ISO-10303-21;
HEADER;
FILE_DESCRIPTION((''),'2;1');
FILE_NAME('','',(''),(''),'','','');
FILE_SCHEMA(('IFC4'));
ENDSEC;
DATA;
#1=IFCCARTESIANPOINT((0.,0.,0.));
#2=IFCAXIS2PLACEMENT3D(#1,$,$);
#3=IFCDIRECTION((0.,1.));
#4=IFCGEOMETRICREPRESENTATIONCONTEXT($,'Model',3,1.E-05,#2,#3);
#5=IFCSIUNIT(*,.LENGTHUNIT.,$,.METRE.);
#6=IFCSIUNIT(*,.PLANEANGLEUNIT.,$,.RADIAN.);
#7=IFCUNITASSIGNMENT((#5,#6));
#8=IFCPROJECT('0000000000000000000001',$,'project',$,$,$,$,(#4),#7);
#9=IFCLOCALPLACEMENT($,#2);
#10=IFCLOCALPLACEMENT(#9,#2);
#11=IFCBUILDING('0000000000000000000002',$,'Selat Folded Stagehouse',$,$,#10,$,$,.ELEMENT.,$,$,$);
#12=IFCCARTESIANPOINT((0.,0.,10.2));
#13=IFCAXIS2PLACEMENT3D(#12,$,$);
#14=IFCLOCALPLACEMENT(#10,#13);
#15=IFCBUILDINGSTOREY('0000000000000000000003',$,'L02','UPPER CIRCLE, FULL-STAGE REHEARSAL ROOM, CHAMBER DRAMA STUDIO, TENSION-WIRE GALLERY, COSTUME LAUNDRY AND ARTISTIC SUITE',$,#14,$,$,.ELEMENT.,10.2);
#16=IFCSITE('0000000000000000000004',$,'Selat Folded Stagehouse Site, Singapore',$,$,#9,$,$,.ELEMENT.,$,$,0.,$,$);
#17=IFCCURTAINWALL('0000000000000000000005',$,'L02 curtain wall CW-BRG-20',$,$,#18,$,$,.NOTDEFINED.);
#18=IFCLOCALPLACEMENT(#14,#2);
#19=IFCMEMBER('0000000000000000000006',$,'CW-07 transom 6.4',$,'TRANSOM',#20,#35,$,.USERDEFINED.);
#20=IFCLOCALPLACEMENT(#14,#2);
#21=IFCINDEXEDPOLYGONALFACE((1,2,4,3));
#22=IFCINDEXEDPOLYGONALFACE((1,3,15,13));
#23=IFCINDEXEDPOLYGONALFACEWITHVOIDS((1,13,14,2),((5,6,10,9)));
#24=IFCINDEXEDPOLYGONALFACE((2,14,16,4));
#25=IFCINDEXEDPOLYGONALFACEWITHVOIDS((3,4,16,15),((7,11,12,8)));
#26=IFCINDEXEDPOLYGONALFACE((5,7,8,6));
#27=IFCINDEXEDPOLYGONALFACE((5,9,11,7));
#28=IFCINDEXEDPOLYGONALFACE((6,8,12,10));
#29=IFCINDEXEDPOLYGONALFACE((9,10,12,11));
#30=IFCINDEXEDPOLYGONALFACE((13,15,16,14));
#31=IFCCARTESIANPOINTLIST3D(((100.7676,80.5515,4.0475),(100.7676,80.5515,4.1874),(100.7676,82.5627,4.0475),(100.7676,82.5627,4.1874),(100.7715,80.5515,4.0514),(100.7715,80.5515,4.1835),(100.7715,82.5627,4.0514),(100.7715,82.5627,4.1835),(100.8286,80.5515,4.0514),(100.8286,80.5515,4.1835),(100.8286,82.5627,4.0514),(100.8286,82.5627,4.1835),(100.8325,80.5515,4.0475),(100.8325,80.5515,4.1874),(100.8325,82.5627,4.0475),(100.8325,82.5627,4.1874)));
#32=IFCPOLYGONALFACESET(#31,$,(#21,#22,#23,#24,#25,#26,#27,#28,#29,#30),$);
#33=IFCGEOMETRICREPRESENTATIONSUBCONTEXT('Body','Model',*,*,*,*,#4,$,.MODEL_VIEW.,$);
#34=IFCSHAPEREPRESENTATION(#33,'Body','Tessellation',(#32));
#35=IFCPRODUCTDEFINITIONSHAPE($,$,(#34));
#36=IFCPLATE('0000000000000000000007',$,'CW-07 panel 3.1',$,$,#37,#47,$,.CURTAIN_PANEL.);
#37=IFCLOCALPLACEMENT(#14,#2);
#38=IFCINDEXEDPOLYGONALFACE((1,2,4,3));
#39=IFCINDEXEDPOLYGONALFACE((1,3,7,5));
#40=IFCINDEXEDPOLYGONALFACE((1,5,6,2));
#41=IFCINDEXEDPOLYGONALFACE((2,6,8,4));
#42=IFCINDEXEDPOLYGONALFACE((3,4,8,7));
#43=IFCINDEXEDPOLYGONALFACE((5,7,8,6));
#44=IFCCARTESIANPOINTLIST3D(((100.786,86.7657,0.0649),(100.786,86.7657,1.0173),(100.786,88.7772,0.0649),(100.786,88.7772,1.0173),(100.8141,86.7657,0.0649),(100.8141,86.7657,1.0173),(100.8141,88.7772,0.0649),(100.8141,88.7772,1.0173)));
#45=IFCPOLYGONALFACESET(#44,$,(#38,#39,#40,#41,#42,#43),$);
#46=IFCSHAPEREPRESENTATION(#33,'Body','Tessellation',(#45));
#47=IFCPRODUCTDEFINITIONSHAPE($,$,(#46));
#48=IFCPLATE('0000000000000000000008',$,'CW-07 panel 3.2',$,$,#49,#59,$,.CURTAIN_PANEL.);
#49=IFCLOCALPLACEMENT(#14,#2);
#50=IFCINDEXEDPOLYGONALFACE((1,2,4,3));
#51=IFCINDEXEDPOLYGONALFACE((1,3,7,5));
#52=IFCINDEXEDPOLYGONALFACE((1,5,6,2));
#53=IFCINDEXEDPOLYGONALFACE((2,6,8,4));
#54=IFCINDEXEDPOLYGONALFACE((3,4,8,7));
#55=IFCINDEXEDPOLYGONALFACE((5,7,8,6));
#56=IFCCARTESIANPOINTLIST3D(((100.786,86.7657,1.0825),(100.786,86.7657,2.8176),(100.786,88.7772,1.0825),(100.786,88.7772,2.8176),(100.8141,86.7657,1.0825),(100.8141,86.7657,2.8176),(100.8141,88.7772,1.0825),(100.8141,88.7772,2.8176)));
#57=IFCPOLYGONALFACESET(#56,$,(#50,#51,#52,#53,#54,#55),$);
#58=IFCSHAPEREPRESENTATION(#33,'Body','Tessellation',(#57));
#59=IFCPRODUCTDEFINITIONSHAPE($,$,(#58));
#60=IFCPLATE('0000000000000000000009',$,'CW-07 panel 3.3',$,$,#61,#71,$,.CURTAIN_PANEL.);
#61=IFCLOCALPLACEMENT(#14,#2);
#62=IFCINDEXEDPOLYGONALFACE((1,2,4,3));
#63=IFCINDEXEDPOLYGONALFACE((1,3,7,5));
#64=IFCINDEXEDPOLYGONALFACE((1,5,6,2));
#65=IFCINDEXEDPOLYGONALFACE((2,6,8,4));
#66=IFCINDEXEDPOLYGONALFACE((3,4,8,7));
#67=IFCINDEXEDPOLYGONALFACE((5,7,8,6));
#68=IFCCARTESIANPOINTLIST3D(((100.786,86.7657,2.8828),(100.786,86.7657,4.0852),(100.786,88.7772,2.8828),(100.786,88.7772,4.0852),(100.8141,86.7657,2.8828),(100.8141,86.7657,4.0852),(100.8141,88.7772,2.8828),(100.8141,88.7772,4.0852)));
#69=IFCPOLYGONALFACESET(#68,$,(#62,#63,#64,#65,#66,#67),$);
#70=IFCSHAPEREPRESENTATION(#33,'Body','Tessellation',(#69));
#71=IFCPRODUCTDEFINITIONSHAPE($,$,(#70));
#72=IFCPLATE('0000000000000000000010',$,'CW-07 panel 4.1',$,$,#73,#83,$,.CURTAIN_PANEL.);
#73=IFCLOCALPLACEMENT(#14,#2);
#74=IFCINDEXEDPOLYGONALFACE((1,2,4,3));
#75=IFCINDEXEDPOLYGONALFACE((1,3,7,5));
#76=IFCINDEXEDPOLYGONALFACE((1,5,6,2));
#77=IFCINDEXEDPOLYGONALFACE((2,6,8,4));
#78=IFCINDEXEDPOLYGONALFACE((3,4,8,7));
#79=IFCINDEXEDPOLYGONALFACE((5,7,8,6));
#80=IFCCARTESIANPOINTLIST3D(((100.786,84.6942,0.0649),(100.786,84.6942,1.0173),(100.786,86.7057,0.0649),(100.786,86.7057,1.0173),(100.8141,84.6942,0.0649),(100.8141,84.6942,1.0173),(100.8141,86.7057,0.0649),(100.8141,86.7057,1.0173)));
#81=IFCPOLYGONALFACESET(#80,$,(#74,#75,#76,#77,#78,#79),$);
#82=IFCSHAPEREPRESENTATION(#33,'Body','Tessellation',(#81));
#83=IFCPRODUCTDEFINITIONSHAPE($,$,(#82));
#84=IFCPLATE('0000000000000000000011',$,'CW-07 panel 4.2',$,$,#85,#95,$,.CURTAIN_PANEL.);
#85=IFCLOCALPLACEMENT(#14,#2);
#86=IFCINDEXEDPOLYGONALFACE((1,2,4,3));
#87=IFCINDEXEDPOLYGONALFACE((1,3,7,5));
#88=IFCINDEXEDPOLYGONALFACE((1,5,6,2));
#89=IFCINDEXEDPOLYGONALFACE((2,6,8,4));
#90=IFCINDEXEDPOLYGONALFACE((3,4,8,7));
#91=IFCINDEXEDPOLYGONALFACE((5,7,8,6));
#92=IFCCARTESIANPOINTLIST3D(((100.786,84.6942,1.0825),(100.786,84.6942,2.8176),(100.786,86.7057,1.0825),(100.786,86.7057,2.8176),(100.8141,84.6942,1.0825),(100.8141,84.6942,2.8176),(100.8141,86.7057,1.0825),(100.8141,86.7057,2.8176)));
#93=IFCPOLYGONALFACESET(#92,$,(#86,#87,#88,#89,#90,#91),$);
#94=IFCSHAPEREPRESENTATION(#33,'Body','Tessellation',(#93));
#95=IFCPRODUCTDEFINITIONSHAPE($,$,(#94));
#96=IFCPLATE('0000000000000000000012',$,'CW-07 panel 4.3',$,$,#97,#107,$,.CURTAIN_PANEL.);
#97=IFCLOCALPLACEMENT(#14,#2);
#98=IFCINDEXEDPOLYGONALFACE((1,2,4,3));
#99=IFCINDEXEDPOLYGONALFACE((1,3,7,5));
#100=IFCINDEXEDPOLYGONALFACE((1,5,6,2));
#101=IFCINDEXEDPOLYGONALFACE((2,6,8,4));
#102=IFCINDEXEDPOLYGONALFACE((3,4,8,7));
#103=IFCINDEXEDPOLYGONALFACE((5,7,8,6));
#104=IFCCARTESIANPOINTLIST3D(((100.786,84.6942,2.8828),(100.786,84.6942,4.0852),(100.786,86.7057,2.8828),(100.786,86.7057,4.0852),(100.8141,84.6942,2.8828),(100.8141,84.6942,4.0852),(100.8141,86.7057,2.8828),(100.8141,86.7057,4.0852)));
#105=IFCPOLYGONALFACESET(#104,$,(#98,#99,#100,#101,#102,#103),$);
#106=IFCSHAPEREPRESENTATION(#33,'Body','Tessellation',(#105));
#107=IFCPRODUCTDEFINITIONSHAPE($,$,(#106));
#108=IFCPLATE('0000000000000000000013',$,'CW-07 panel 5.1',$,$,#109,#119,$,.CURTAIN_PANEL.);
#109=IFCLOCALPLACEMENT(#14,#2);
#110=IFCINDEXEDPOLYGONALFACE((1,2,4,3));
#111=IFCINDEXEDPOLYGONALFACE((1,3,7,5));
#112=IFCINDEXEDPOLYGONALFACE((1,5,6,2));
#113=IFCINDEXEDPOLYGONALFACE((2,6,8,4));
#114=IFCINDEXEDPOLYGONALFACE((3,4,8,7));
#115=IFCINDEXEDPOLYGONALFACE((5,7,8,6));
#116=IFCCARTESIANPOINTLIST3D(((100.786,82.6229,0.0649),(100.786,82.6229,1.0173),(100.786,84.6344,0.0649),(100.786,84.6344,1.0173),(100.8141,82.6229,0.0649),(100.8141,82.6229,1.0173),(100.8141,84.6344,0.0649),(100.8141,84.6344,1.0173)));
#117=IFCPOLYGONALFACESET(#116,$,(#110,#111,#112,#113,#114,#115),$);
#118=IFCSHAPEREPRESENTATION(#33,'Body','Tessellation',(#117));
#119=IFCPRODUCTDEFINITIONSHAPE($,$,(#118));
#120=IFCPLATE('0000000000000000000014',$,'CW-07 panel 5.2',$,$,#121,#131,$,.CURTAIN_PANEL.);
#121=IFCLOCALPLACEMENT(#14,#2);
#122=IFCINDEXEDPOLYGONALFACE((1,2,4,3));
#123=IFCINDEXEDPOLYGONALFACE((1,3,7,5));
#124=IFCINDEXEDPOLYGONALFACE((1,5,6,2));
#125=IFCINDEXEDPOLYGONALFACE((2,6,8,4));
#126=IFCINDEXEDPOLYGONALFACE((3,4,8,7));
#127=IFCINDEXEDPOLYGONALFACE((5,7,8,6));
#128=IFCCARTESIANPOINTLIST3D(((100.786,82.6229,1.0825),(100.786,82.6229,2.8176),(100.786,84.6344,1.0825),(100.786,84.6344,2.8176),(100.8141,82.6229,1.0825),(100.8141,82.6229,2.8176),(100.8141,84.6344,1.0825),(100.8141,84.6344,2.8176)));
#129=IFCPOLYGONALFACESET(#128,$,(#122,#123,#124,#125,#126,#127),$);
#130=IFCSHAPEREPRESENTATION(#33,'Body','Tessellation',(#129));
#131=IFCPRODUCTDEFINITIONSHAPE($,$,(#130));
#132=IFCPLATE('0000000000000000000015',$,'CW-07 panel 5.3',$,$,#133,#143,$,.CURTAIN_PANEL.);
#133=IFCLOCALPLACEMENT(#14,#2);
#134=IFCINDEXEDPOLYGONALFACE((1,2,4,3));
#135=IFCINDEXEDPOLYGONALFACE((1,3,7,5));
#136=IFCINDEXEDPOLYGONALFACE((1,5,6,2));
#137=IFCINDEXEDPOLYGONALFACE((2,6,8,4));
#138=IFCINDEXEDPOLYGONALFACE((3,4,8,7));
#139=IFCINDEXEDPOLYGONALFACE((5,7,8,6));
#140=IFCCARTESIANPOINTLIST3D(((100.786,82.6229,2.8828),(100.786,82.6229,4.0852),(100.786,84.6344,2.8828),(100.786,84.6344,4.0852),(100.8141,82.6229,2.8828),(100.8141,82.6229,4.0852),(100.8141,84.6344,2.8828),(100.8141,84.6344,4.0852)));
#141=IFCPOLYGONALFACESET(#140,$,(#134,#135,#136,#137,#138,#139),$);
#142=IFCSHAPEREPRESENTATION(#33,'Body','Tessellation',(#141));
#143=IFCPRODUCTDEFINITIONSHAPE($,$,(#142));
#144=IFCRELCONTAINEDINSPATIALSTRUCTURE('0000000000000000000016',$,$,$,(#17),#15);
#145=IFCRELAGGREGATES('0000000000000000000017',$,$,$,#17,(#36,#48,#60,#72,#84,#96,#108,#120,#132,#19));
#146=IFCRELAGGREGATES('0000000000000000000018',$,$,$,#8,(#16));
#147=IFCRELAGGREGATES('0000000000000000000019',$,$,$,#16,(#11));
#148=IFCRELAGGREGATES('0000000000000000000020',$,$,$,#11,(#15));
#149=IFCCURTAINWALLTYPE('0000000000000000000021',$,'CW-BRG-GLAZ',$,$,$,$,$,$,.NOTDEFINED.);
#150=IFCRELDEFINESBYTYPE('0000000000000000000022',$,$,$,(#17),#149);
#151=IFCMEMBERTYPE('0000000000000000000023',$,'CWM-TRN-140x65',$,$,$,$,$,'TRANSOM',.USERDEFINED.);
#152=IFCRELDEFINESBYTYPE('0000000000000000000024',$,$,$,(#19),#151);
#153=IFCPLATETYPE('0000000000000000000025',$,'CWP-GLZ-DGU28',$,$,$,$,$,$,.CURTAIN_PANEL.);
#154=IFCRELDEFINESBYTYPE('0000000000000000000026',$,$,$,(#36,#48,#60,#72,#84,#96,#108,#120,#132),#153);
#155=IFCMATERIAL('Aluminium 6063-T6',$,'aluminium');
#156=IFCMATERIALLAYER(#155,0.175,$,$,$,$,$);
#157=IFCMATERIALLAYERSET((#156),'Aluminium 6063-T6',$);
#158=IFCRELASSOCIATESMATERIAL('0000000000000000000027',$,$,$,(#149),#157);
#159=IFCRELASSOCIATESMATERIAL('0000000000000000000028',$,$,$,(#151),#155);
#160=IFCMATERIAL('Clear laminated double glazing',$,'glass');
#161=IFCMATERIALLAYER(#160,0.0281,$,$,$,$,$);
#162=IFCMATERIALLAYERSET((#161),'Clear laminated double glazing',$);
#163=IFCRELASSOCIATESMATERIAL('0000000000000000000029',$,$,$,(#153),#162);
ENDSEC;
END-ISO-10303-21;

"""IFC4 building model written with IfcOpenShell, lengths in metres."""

from ifc_helpers import new_model, si_unit, direction, frame, origin, origin_2d, place, context, subcontext, project, spatial, rectangle, hollow_rectangle, extrude, material, layer, layer_set, material_profile, profile_set, type_object, element, aggregate, save


model = new_model("IFC4")

# Units and contexts
model_context = context("Model", 3, precision=1e-05, world=origin(), true_north=direction((0.0, 1.0)))
body_context = subcontext(model_context, "Body", "Model", "MODEL_VIEW")
ifc_project = project(units=[si_unit("LENGTHUNIT", "METRE"), si_unit("PLANEANGLEUNIT", "RADIAN")], contexts=[model_context])

# Site, building, storey
site_placement = place(None, origin())
site = spatial("IfcSite", under=ifc_project, at=site_placement, Name="Selat Folded Stagehouse Site, Singapore", CompositionType="ELEMENT", RefElevation=0.0)
building_placement = place(site_placement, origin())
building = spatial("IfcBuilding", under=site, at=building_placement, Name="Selat Folded Stagehouse", CompositionType="ELEMENT")
storey_placement = place(building_placement, frame((0.0, 0.0, 10.2)))
storey = spatial("IfcBuildingStorey", under=building, at=storey_placement, Name="L02", Description="UPPER CIRCLE, FULL-STAGE REHEARSAL ROOM, CHAMBER DRAMA STUDIO, TENSION-WIRE GALLERY, COSTUME LAUNDRY AND ARTISTIC SUITE", CompositionType="ELEMENT", Elevation=10.2)

# Curtain wall, member, plates
ifc_material_1 = material(Name="Aluminium 6063-T6", Category="aluminium")
ifc_layer_1 = layer(ifc_material_1, 0.175)
ifc_layer_set_1 = layer_set([ifc_layer_1], Name="Aluminium 6063-T6")
curtain_wall_type = type_object("IfcCurtainWallType", Name="CW-BRG-GLAZ", PredefinedType="NOTDEFINED", material=ifc_layer_set_1)
curtain_wall_placement = place(storey_placement, origin())
curtain_wall = element("IfcCurtainWall", 1, at=curtain_wall_placement, inside=storey, type_object=curtain_wall_type, Name="L02 curtain wall CW-BRG-20", PredefinedType="NOTDEFINED")
ifc_material_profile_1 = material_profile(ifc_material_1, hollow_rectangle(XDim=0.0649, YDim=0.1399, WallThickness=0.0039, at=origin_2d()), Name="ALU 140x65x4.0")
ifc_profile_set_1 = profile_set([ifc_material_profile_1], Name="Aluminium 6063-T6")
member_type_1 = type_object("IfcMemberType", Name="CWM-TRN-140x65", ElementType="TRANSOM", PredefinedType="USERDEFINED", material=ifc_profile_set_1)
member_1_placement = place(storey_placement, frame((100.8, 82.5627, 4.1174), z_axis=(0.0, -1.0, 0.0), x_axis=(1.0, 0.0, 0.0)))
member_1 = element("IfcMember", 2, at=member_1_placement, type_object=member_type_1, Name="CW-07 transom 6.4", ObjectType="TRANSOM", PredefinedType="USERDEFINED", context=body_context, shape_type="SweptSolid", body=[
    extrude(hollow_rectangle(XDim=0.0649, YDim=0.1399, WallThickness=0.0039, at=origin_2d()), origin(), (0.0, 0.0, 1.0), 2.0112),
])
ifc_material_2 = material(Name="Clear laminated double glazing", Category="glass")
ifc_layer_2 = layer(ifc_material_2, 0.0281)
ifc_layer_set_2 = layer_set([ifc_layer_2], Name="Clear laminated double glazing")
plate_type = type_object("IfcPlateType", Name="CWP-GLZ-DGU28", PredefinedType="CURTAIN_PANEL", material=ifc_layer_set_2)
plate_1_placement = place(storey_placement, frame((100.8, 87.7715, 0.0649), z_axis=(0.0, 0.0, 1.0), x_axis=(0.0, -1.0, 0.0)))
plate_1 = element("IfcPlate", 3, at=plate_1_placement, type_object=plate_type, Name="CW-07 panel 3.1", PredefinedType="CURTAIN_PANEL", context=body_context, shape_type="SweptSolid", body=[
    extrude(rectangle(XDim=2.0115, YDim=0.0281, at=origin_2d()), origin(), (0.0, 0.0, 1.0), 0.9524),
])
plate_2_placement = place(storey_placement, frame((100.8, 87.7715, 1.0825), z_axis=(0.0, 0.0, 1.0), x_axis=(0.0, -1.0, 0.0)))
plate_2 = element("IfcPlate", 4, at=plate_2_placement, type_object=plate_type, Name="CW-07 panel 3.2", PredefinedType="CURTAIN_PANEL", context=body_context, shape_type="SweptSolid", body=[
    extrude(rectangle(XDim=2.0115, YDim=0.0281, at=origin_2d()), origin(), (0.0, 0.0, 1.0), 1.7351),
])
plate_3_placement = place(storey_placement, frame((100.8, 87.7715, 2.8828), z_axis=(0.0, 0.0, 1.0), x_axis=(0.0, -1.0, 0.0)))
plate_3 = element("IfcPlate", 5, at=plate_3_placement, type_object=plate_type, Name="CW-07 panel 3.3", PredefinedType="CURTAIN_PANEL", context=body_context, shape_type="SweptSolid", body=[
    extrude(rectangle(XDim=2.0115, YDim=0.0281, at=origin_2d()), origin(), (0.0, 0.0, 1.0), 1.2024),
])
plate_4_placement = place(storey_placement, frame((100.8, 85.7, 0.0649), z_axis=(0.0, 0.0, 1.0), x_axis=(0.0, -1.0, 0.0)))
plate_4 = element("IfcPlate", 6, at=plate_4_placement, type_object=plate_type, Name="CW-07 panel 4.1", PredefinedType="CURTAIN_PANEL", context=body_context, shape_type="SweptSolid", body=[
    extrude(rectangle(XDim=2.0115, YDim=0.0281, at=origin_2d()), origin(), (0.0, 0.0, 1.0), 0.9524),
])
plate_5_placement = place(storey_placement, frame((100.8, 85.7, 1.0825), z_axis=(0.0, 0.0, 1.0), x_axis=(0.0, -1.0, 0.0)))
plate_5 = element("IfcPlate", 7, at=plate_5_placement, type_object=plate_type, Name="CW-07 panel 4.2", PredefinedType="CURTAIN_PANEL", context=body_context, shape_type="SweptSolid", body=[
    extrude(rectangle(XDim=2.0115, YDim=0.0281, at=origin_2d()), origin(), (0.0, 0.0, 1.0), 1.7351),
])
plate_6_placement = place(storey_placement, frame((100.8, 85.7, 2.8828), z_axis=(0.0, 0.0, 1.0), x_axis=(0.0, -1.0, 0.0)))
plate_6 = element("IfcPlate", 8, at=plate_6_placement, type_object=plate_type, Name="CW-07 panel 4.3", PredefinedType="CURTAIN_PANEL", context=body_context, shape_type="SweptSolid", body=[
    extrude(rectangle(XDim=2.0115, YDim=0.0281, at=origin_2d()), origin(), (0.0, 0.0, 1.0), 1.2024),
])
plate_7_placement = place(storey_placement, frame((100.8, 83.6287, 0.0649), z_axis=(0.0, 0.0, 1.0), x_axis=(0.0, -1.0, 0.0)))
plate_7 = element("IfcPlate", 9, at=plate_7_placement, type_object=plate_type, Name="CW-07 panel 5.1", PredefinedType="CURTAIN_PANEL", context=body_context, shape_type="SweptSolid", body=[
    extrude(rectangle(XDim=2.0115, YDim=0.0281, at=origin_2d()), origin(), (0.0, 0.0, 1.0), 0.9524),
])
plate_8_placement = place(storey_placement, frame((100.8, 83.6287, 1.0825), z_axis=(0.0, 0.0, 1.0), x_axis=(0.0, -1.0, 0.0)))
plate_8 = element("IfcPlate", 10, at=plate_8_placement, type_object=plate_type, Name="CW-07 panel 5.2", PredefinedType="CURTAIN_PANEL", context=body_context, shape_type="SweptSolid", body=[
    extrude(rectangle(XDim=2.0115, YDim=0.0281, at=origin_2d()), origin(), (0.0, 0.0, 1.0), 1.7351),
])
plate_9_placement = place(storey_placement, frame((100.8, 83.6287, 2.8828), z_axis=(0.0, 0.0, 1.0), x_axis=(0.0, -1.0, 0.0)))
plate_9 = element("IfcPlate", 11, at=plate_9_placement, type_object=plate_type, Name="CW-07 panel 5.3", PredefinedType="CURTAIN_PANEL", context=body_context, shape_type="SweptSolid", body=[
    extrude(rectangle(XDim=2.0115, YDim=0.0281, at=origin_2d()), origin(), (0.0, 0.0, 1.0), 1.2024),
])
aggregate(curtain_wall, [plate_1, plate_2, plate_3, plate_4, plate_5, plate_6, plate_7, plate_8, plate_9, member_1])

save(model, "model.ifc")
